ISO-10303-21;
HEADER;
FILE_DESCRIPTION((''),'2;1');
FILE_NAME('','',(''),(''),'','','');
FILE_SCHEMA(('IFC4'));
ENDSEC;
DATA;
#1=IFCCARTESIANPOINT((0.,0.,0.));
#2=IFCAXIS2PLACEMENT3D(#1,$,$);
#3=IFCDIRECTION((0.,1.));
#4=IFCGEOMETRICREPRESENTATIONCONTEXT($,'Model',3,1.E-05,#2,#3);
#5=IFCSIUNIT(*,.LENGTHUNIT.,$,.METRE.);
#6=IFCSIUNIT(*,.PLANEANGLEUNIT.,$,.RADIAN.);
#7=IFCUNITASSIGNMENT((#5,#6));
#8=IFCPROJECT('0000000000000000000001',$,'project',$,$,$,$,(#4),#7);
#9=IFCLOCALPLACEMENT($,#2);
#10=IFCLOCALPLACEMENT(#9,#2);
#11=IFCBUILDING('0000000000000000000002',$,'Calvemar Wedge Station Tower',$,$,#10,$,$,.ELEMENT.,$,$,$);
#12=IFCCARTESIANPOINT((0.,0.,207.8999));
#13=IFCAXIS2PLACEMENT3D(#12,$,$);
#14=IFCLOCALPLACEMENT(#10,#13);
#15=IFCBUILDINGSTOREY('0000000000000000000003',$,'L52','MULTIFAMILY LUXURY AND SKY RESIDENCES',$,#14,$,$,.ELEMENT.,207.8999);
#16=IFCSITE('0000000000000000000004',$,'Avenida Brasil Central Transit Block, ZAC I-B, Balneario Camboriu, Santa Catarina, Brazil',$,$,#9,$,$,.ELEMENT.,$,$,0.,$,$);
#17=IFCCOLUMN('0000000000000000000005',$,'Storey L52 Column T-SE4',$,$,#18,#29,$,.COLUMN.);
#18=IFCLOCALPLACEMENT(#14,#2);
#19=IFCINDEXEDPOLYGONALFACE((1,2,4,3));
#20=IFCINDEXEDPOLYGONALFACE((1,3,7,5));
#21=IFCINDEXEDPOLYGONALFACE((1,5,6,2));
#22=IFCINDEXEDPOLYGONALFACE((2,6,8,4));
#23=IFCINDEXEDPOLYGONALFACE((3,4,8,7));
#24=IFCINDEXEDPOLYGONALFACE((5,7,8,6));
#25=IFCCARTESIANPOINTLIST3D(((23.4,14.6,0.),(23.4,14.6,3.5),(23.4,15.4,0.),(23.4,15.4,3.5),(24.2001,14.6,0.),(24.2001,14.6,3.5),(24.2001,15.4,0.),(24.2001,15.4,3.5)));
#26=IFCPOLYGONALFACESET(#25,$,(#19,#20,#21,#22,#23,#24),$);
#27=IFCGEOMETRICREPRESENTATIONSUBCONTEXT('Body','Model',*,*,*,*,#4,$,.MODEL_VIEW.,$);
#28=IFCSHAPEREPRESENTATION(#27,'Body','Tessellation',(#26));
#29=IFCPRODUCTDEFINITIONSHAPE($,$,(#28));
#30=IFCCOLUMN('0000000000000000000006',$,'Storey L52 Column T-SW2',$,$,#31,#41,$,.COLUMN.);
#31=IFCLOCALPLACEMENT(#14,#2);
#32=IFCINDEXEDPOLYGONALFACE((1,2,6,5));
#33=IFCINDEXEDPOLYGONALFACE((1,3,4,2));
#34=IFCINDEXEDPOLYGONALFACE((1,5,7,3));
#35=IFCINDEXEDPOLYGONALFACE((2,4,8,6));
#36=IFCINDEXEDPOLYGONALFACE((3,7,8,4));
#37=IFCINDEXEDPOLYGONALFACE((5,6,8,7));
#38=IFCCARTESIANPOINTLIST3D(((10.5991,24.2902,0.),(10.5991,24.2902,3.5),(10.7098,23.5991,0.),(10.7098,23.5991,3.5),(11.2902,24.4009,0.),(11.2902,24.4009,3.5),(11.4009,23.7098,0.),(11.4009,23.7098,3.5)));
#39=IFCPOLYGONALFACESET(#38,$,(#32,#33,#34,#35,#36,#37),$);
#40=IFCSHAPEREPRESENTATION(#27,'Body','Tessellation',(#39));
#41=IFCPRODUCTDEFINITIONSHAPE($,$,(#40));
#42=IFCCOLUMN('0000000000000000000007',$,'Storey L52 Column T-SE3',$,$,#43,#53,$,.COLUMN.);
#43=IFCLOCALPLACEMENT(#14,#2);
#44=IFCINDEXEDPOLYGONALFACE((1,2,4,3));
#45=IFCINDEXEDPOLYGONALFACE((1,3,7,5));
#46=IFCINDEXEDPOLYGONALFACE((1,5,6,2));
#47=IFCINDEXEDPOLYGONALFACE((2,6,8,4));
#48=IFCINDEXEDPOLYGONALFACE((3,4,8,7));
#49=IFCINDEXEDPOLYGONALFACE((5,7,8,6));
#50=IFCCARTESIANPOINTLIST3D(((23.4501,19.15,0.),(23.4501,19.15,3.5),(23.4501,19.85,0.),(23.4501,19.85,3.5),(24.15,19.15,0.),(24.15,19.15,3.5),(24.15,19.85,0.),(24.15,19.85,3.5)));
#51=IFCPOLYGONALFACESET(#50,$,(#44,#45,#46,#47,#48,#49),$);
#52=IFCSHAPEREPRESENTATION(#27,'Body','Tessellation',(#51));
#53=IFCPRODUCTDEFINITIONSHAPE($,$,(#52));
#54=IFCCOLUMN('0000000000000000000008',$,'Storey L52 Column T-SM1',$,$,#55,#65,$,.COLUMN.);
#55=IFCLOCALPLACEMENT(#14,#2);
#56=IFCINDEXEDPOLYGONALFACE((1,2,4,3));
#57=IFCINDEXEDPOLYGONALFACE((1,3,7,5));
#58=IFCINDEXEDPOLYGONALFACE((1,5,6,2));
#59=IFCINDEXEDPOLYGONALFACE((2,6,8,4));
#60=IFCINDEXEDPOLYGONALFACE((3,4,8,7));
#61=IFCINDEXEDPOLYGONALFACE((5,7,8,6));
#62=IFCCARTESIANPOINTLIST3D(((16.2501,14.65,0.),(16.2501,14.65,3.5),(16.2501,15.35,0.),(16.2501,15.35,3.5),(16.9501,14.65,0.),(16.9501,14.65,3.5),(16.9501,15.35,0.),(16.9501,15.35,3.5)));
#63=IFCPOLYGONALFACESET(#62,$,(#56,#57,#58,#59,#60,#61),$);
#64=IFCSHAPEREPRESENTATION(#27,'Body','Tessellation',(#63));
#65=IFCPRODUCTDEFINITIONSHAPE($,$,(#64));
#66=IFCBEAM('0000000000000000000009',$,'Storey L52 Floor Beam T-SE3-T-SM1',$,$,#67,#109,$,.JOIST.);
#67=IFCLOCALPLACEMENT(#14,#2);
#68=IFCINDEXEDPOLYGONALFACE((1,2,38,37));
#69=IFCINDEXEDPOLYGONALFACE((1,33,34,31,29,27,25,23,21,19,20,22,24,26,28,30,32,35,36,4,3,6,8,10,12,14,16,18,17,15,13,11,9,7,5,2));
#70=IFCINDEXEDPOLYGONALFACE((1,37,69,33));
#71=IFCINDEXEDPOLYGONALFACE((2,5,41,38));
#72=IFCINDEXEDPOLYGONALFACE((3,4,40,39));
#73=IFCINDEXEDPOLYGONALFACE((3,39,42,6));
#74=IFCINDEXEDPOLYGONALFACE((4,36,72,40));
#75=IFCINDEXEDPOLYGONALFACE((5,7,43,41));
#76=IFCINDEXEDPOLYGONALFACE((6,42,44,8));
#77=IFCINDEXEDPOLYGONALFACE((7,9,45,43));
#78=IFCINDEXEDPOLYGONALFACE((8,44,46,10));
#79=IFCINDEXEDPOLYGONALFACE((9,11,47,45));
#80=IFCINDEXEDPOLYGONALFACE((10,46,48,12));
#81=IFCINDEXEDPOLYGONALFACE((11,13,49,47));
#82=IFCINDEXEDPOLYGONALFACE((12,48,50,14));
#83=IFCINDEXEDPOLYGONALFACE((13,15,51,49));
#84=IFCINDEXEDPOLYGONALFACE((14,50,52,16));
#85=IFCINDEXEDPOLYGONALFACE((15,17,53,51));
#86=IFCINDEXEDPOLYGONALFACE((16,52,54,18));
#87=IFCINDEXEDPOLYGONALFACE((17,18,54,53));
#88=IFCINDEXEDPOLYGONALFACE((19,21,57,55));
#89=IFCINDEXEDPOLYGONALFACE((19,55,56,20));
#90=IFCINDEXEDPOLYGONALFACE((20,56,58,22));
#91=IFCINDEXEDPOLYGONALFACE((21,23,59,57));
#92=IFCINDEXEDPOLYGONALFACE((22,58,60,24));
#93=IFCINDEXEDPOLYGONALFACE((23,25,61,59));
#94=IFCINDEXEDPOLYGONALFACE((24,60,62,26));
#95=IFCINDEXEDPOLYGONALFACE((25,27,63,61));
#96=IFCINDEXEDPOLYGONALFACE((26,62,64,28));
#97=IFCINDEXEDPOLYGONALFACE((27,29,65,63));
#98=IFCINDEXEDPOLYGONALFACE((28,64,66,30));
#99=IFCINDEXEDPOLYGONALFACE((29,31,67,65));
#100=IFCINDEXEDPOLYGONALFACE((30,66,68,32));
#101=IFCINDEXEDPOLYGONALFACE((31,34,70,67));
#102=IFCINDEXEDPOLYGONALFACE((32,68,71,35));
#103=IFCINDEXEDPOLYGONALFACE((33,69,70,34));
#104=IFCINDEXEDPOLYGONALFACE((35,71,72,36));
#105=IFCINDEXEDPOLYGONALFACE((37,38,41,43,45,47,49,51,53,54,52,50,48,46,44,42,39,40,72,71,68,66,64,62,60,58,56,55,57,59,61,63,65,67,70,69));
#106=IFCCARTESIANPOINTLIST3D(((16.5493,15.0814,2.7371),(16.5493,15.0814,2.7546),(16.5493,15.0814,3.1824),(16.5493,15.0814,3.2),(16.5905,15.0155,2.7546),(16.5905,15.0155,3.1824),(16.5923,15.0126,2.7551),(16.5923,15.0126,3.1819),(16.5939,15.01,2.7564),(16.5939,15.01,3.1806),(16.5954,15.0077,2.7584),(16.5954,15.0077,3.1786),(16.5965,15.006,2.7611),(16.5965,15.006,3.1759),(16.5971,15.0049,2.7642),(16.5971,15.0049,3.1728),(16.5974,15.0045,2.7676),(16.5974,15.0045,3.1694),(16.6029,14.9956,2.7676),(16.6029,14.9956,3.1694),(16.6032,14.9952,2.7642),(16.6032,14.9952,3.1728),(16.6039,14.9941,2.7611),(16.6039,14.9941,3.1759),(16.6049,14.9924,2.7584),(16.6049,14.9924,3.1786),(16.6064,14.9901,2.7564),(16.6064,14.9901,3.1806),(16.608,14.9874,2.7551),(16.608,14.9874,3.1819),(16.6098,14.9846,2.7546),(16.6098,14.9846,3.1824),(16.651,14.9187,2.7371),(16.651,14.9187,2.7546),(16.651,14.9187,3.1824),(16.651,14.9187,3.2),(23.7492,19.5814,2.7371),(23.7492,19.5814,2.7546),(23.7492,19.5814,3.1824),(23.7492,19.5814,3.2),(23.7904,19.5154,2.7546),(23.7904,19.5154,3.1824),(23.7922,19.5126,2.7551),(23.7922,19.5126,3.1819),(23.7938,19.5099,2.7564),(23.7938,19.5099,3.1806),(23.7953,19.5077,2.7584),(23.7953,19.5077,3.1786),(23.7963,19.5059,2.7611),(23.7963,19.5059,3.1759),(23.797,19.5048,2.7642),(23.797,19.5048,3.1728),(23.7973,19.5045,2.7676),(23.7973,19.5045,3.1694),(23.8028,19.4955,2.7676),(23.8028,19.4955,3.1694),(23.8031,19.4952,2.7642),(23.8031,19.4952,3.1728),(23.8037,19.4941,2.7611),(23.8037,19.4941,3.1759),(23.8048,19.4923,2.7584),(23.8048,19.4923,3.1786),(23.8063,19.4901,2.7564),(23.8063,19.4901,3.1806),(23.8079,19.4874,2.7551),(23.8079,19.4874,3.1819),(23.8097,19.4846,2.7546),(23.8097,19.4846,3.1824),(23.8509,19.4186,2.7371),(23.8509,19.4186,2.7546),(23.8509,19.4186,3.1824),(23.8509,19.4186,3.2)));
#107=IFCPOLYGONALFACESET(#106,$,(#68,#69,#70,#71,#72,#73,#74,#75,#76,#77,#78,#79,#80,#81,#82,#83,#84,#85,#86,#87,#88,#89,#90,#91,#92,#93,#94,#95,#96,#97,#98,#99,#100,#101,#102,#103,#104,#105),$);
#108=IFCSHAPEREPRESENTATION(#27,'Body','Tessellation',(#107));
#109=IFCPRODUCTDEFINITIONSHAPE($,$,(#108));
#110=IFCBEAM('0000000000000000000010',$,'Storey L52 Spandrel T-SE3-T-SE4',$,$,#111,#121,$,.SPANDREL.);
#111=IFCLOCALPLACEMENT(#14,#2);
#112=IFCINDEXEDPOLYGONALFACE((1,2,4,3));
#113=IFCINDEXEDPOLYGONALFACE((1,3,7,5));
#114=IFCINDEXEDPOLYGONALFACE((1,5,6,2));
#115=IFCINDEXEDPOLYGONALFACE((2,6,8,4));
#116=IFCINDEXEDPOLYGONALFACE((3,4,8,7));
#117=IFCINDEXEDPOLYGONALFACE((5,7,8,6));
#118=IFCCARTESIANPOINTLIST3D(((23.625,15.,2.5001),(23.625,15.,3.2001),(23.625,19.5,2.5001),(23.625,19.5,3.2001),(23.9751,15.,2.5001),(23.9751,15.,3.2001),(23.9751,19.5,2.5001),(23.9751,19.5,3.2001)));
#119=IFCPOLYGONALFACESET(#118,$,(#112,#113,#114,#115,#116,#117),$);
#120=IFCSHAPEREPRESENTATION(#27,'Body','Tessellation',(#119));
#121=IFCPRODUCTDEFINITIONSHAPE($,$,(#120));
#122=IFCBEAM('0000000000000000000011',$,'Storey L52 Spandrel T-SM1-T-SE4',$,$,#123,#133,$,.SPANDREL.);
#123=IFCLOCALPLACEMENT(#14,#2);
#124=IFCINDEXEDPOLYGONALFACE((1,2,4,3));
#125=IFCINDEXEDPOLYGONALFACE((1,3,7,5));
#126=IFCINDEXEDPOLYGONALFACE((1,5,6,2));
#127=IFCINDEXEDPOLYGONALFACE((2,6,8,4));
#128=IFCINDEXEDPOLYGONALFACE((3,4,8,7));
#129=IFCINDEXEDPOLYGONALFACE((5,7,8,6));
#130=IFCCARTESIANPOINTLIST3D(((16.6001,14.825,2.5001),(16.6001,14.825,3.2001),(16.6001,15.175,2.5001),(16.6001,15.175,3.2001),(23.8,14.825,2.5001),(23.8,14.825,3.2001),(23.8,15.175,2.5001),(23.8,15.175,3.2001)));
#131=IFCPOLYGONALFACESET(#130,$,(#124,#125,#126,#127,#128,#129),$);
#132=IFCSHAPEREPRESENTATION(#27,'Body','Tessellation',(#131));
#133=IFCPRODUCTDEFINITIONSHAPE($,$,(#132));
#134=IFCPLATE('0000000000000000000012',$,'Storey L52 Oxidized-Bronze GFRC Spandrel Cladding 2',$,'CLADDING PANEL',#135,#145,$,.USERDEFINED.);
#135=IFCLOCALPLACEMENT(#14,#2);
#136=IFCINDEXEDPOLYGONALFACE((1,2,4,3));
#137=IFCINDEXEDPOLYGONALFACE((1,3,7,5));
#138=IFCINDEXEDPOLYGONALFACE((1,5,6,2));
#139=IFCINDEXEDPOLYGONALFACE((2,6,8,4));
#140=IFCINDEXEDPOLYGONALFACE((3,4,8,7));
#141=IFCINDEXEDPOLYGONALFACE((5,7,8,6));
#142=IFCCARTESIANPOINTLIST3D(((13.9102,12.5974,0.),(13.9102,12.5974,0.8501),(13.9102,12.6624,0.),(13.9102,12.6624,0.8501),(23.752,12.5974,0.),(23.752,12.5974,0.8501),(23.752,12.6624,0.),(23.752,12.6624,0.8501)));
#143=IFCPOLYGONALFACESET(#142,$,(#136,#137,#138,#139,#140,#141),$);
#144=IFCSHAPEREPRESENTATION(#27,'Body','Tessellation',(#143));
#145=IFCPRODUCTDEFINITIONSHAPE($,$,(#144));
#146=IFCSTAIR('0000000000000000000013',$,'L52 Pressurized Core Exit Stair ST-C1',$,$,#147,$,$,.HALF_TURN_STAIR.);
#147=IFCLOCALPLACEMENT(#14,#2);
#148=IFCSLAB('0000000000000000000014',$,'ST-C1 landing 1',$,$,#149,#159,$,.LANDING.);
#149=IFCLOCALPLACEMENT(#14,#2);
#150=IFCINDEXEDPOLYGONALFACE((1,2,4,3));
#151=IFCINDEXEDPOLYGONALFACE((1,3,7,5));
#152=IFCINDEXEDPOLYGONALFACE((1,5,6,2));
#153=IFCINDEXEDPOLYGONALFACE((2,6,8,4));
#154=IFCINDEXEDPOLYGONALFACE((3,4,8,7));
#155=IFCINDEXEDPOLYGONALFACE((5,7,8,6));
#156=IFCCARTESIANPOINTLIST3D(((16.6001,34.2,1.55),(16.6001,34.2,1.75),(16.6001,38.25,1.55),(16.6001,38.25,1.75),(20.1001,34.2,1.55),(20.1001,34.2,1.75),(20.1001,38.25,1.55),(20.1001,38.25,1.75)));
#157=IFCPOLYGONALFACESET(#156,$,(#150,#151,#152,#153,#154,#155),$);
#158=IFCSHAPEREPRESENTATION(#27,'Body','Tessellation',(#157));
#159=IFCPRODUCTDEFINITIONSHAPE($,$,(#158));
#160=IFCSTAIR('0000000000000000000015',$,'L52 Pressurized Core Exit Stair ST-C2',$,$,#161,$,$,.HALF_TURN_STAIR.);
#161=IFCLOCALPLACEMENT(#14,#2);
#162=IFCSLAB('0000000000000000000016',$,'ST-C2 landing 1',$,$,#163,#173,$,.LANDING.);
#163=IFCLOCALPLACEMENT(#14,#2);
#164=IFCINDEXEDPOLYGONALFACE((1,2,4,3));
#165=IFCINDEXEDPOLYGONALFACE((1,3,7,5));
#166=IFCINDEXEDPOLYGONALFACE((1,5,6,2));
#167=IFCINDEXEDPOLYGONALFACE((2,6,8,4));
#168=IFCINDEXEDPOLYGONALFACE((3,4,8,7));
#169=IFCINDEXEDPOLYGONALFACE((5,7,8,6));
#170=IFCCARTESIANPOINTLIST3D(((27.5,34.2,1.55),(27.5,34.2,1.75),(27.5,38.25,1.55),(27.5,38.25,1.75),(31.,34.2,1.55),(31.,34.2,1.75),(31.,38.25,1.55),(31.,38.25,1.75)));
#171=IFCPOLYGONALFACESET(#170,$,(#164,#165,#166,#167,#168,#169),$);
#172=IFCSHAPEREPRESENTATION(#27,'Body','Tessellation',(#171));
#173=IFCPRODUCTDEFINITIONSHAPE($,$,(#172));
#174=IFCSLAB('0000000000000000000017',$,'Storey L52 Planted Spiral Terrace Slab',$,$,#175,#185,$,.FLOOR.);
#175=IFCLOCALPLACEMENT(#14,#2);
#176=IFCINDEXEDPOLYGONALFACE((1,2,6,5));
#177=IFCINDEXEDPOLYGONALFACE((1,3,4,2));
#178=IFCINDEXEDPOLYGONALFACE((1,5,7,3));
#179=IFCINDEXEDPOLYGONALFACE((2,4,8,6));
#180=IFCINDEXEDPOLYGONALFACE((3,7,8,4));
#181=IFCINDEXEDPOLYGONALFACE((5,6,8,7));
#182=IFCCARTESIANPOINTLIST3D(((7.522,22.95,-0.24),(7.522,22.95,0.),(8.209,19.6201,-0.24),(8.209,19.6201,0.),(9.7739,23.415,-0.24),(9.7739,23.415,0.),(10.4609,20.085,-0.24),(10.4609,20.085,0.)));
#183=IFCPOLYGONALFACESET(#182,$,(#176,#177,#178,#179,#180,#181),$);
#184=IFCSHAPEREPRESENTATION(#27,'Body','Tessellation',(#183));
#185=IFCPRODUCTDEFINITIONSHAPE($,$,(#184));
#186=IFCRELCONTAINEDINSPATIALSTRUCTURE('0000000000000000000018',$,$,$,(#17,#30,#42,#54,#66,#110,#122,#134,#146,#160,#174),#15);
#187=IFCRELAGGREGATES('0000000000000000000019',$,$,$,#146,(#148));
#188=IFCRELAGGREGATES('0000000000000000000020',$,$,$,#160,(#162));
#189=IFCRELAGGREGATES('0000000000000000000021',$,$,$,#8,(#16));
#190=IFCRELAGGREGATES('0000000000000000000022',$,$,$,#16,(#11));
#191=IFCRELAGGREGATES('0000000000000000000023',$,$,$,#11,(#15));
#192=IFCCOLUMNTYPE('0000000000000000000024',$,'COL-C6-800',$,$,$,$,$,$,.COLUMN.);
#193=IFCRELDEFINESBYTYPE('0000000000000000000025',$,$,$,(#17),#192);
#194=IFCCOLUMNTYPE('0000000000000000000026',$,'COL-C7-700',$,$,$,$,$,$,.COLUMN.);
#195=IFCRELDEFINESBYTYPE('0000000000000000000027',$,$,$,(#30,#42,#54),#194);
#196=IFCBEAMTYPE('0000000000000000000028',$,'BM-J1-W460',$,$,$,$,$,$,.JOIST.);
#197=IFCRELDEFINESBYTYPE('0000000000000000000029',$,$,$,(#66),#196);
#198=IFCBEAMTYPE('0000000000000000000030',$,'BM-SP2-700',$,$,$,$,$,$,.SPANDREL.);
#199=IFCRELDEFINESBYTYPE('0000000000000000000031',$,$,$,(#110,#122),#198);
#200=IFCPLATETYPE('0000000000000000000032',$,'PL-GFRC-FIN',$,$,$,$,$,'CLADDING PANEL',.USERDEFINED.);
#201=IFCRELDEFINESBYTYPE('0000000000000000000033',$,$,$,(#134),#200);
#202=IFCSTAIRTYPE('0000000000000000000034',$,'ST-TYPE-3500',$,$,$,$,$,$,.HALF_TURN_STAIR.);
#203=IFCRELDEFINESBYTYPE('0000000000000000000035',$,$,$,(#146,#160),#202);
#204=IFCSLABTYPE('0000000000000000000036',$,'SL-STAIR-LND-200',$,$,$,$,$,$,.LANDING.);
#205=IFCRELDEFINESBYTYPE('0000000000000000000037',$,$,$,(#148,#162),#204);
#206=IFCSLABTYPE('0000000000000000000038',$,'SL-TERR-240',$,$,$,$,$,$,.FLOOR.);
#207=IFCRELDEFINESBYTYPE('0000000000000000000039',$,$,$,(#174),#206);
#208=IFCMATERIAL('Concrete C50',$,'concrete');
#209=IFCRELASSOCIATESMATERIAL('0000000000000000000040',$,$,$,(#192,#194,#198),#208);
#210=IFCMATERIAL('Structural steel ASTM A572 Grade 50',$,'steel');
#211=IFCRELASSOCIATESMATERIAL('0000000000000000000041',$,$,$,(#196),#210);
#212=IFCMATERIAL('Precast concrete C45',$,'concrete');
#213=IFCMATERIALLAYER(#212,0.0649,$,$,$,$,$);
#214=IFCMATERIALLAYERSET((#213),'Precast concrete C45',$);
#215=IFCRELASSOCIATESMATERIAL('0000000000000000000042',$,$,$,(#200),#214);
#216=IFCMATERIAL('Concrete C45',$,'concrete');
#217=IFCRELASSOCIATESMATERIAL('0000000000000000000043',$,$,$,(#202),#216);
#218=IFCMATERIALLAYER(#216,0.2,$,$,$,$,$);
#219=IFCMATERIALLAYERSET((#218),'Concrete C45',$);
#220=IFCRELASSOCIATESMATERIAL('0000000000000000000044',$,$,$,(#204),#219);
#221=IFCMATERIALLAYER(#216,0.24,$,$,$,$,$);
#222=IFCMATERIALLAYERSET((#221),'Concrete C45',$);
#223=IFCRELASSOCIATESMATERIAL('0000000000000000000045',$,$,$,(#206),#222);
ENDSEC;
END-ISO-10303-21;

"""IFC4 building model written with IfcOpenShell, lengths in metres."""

from ifc_helpers import new_model, si_unit, direction, frame, frame_2d, origin, origin_2d, place, context, subcontext, project, spatial, polyline, rectangle, i_section, outline, extrude, source, transform, mapped, material, layer, layer_set, material_profile, profile_set, type_object, element, aggregate, save


model = new_model("IFC4")

# Units and contexts
model_context = context("Model", 3, precision=1e-05, world=origin(), true_north=direction((0.0, 1.0)))
body_context = subcontext(model_context, "Body", "Model", "MODEL_VIEW")
ifc_project = project(units=[si_unit("LENGTHUNIT", "METRE"), si_unit("PLANEANGLEUNIT", "RADIAN")], contexts=[model_context])

# Site, building, storey
site_placement = place(None, origin())
site = spatial("IfcSite", under=ifc_project, at=site_placement, Name="Avenida Brasil Central Transit Block, ZAC I-B, Balneario Camboriu, Santa Catarina, Brazil", CompositionType="ELEMENT", RefElevation=0.0)
building_placement = place(site_placement, origin())
building = spatial("IfcBuilding", under=site, at=building_placement, Name="Calvemar Wedge Station Tower", CompositionType="ELEMENT")
storey_placement = place(building_placement, frame((0.0, 0.0, 207.8999)))
storey = spatial("IfcBuildingStorey", under=building, at=storey_placement, Name="L52", Description="MULTIFAMILY LUXURY AND SKY RESIDENCES", CompositionType="ELEMENT", Elevation=207.8999)

# Columns
ifc_material_1 = material(Name="Concrete C50", Category="concrete")
ifc_material_profile_1 = material_profile(ifc_material_1, rectangle(XDim=0.8, YDim=0.8, at=origin_2d()), Name="RC800x800")
ifc_profile_set_1 = profile_set([ifc_material_profile_1], Name="Concrete C50")
column_type_1 = type_object("IfcColumnType", Name="COL-C6-800", PredefinedType="COLUMN", material=ifc_profile_set_1)
shared_shape_1 = source(origin(), body_context, "Body", "SweptSolid", [
    extrude(rectangle(XDim=0.8, YDim=0.8, at=origin_2d()), origin(), (0.0, 0.0, 1.0), 3.5),
])
column_placement = place(storey_placement, frame((23.8, 15.0, 0.0), z_axis=(0.0, 0.0, 1.0), x_axis=(1.0, 0.0, 0.0)))
element("IfcColumn", 1, at=column_placement, inside=storey, type_object=column_type_1, Name="Storey L52 Column T-SE4", PredefinedType="COLUMN", context=body_context, shape_type="MappedRepresentation", body=[
    mapped(shared_shape_1, transform((0.0, 0.0, 0.0), scale=1.0)),
])
ifc_material_profile_2 = material_profile(ifc_material_1, rectangle(XDim=0.7, YDim=0.7, at=origin_2d()), Name="RC700x700")
ifc_profile_set_2 = profile_set([ifc_material_profile_2], Name="Concrete C50")
column_type_2 = type_object("IfcColumnType", Name="COL-C7-700", PredefinedType="COLUMN", material=ifc_profile_set_2)
shared_shape_2 = source(origin(), body_context, "Body", "SweptSolid", [
    extrude(rectangle(XDim=0.7, YDim=0.7, at=origin_2d()), origin(), (0.0, 0.0, 1.0), 3.5),
])
for number, where, z_axis, x_axis, name in (
    (2, (11.0, 24.0, 0.0), (0.0, 0.0, 1.0), (0.158158, -0.987414, 0.0), "Storey L52 Column T-SW2"),
    (3, (23.8, 19.5, 0.0), (0.0, 0.0, 1.0), (1.0, 0.0, 0.0), "Storey L52 Column T-SE3"),
    (4, (16.6001, 15.0, 0.0), (0.0, 0.0, 1.0), (1.0, 0.0, 0.0), "Storey L52 Column T-SM1"),
):
    element("IfcColumn", number, at=place(storey_placement, frame(where, z_axis=z_axis, x_axis=x_axis)), inside=storey, type_object=column_type_2, Name=name, PredefinedType="COLUMN", context=body_context, shape_type="MappedRepresentation", body=[
        mapped(shared_shape_2, transform((0.0, 0.0, 0.0), scale=1.0)),
    ])

# Beams
ifc_material_2 = material(Name="Structural steel ASTM A572 Grade 50", Category="steel")
ifc_material_profile_3 = material_profile(ifc_material_2, i_section(OverallWidth=0.1919, OverallDepth=0.4629, WebThickness=0.0105, FlangeThickness=0.0176, FilletRadius=0.0129, at=origin_2d()), Name="W460x89")
ifc_profile_set_3 = profile_set([ifc_material_profile_3], Name="Structural steel ASTM A572 Grade 50")
beam_type_1 = type_object("IfcBeamType", Name="BM-J1-W460", PredefinedType="JOIST", material=ifc_profile_set_3)
shared_shape_3 = source(origin(), body_context, "Body", "SweptSolid", [
    extrude(i_section(OverallWidth=0.1919, OverallDepth=0.4629, WebThickness=0.0105, FlangeThickness=0.0176, FilletRadius=0.0129, at=origin_2d()), origin(), (0.0, 0.0, 1.0), 8.4905),
])
beam_1_placement = place(storey_placement, frame((23.8, 19.5, 2.9685), z_axis=(-0.847997, -0.530002, 0.0), x_axis=(0.530002, -0.847997, 0.0)))
element("IfcBeam", 5, at=beam_1_placement, inside=storey, type_object=beam_type_1, Name="Storey L52 Floor Beam T-SE3-T-SM1", PredefinedType="JOIST", context=body_context, shape_type="MappedRepresentation", body=[
    mapped(shared_shape_3, transform((0.0, 0.0, 0.0), scale=1.0)),
])
ifc_material_profile_4 = material_profile(ifc_material_1, rectangle(XDim=0.3501, YDim=0.7, at=origin_2d()), Name="RC350x700")
ifc_profile_set_4 = profile_set([ifc_material_profile_4], Name="Concrete C50")
beam_type_2 = type_object("IfcBeamType", Name="BM-SP2-700", PredefinedType="SPANDREL", material=ifc_profile_set_4)
shared_shape_4 = source(origin(), body_context, "Body", "SweptSolid", [
    extrude(rectangle(XDim=0.3501, YDim=0.7, at=origin_2d()), origin(), (0.0, 0.0, 1.0), 4.5),
])
beam_2_placement = place(storey_placement, frame((23.8, 19.5, 2.8501), z_axis=(0.0, -1.0, 0.0), x_axis=(1.0, 0.0, 0.0)))
element("IfcBeam", 6, at=beam_2_placement, inside=storey, type_object=beam_type_2, Name="Storey L52 Spandrel T-SE3-T-SE4", PredefinedType="SPANDREL", context=body_context, shape_type="MappedRepresentation", body=[
    mapped(shared_shape_4, transform((0.0, 0.0, 0.0), scale=1.0)),
])
shared_shape_5 = source(origin(), body_context, "Body", "SweptSolid", [
    extrude(rectangle(XDim=0.3501, YDim=0.7, at=origin_2d()), origin(), (0.0, 0.0, 1.0), 7.2),
])
beam_3_placement = place(storey_placement, frame((16.6001, 15.0, 2.8501), z_axis=(1.0, 0.0, 0.0), x_axis=(0.0, 1.0, 0.0)))
element("IfcBeam", 7, at=beam_3_placement, inside=storey, type_object=beam_type_2, Name="Storey L52 Spandrel T-SM1-T-SE4", PredefinedType="SPANDREL", context=body_context, shape_type="MappedRepresentation", body=[
    mapped(shared_shape_5, transform((0.0, 0.0, 0.0), scale=1.0)),
])

# Plate
ifc_material_3 = material(Name="Precast concrete C45", Category="concrete")
ifc_layer_1 = layer(ifc_material_3, 0.0649)
ifc_layer_set_1 = layer_set([ifc_layer_1], Name="Precast concrete C45")
plate_type = type_object("IfcPlateType", Name="PL-GFRC-FIN", ElementType="CLADDING PANEL", PredefinedType="USERDEFINED", material=ifc_layer_set_1)
plate_placement = place(storey_placement, frame((13.9102, 12.6299, 0.0), z_axis=(0.0, 0.0, 1.0), x_axis=(1.0, 0.0, 0.0)))
element("IfcPlate", 8, at=plate_placement, inside=storey, type_object=plate_type, Name="Storey L52 Oxidized-Bronze GFRC Spandrel Cladding 2", ObjectType="CLADDING PANEL", PredefinedType="USERDEFINED", context=body_context, shape_type="SweptSolid", body=[
    extrude(rectangle(XDim=9.8418, YDim=0.0649, at=frame_2d((4.9209, 0.0))), origin(), (0.0, 0.0, 1.0), 0.8501),
])

# Stairs, slabs
ifc_material_4 = material(Name="Concrete C45", Category="concrete")
stair_type = type_object("IfcStairType", Name="ST-TYPE-3500", PredefinedType="HALF_TURN_STAIR", material=ifc_material_4)
stair_1_placement = place(storey_placement, origin())
stair_1 = element("IfcStair", 9, at=stair_1_placement, inside=storey, type_object=stair_type, Name="L52 Pressurized Core Exit Stair ST-C1", PredefinedType="HALF_TURN_STAIR")
ifc_layer_2 = layer(ifc_material_4, 0.2)
ifc_layer_set_2 = layer_set([ifc_layer_2], Name="Concrete C45")
slab_type_1 = type_object("IfcSlabType", Name="SL-STAIR-LND-200", PredefinedType="LANDING", material=ifc_layer_set_2)
slab_1_placement = place(storey_placement, frame((0.0, 0.0, 1.55)))
slab_1 = element("IfcSlab", 10, at=slab_1_placement, type_object=slab_type_1, Name="ST-C1 landing 1", PredefinedType="LANDING", context=body_context, shape_type="SweptSolid", body=[
    extrude(outline(polyline([(16.6001, 38.25), (16.6001, 34.2), (20.1001, 34.2), (20.1001, 38.25), (16.6001, 38.25)])), origin(), (0.0, 0.0, 1.0), 0.2),
])
aggregate(stair_1, [slab_1])
stair_2_placement = place(storey_placement, origin())
stair_2 = element("IfcStair", 11, at=stair_2_placement, inside=storey, type_object=stair_type, Name="L52 Pressurized Core Exit Stair ST-C2", PredefinedType="HALF_TURN_STAIR")
slab_2_placement = place(storey_placement, frame((0.0, 0.0, 1.55)))
slab_2 = element("IfcSlab", 12, at=slab_2_placement, type_object=slab_type_1, Name="ST-C2 landing 1", PredefinedType="LANDING", context=body_context, shape_type="SweptSolid", body=[
    extrude(outline(polyline([(27.5, 38.25), (27.5, 34.2), (31.0, 34.2), (31.0, 38.25), (27.5, 38.25)])), origin(), (0.0, 0.0, 1.0), 0.2),
])
aggregate(stair_2, [slab_2])

# Slab
ifc_layer_3 = layer(ifc_material_4, 0.24)
ifc_layer_set_3 = layer_set([ifc_layer_3], Name="Concrete C45")
slab_type_2 = type_object("IfcSlabType", Name="SL-TERR-240", PredefinedType="FLOOR", material=ifc_layer_set_3)
slab_3_placement = place(storey_placement, frame((0.0, 0.0, -0.24)))
element("IfcSlab", 13, at=slab_3_placement, inside=storey, type_object=slab_type_2, Name="Storey L52 Planted Spiral Terrace Slab", PredefinedType="FLOOR", context=body_context, shape_type="SweptSolid", body=[
    extrude(outline(polyline([(9.7739, 23.415), (7.522, 22.95), (8.209, 19.6201), (10.4609, 20.085), (9.7739, 23.415)])), origin(), (0.0, 0.0, 1.0), 0.24),
])

save(model, "model.ifc")
